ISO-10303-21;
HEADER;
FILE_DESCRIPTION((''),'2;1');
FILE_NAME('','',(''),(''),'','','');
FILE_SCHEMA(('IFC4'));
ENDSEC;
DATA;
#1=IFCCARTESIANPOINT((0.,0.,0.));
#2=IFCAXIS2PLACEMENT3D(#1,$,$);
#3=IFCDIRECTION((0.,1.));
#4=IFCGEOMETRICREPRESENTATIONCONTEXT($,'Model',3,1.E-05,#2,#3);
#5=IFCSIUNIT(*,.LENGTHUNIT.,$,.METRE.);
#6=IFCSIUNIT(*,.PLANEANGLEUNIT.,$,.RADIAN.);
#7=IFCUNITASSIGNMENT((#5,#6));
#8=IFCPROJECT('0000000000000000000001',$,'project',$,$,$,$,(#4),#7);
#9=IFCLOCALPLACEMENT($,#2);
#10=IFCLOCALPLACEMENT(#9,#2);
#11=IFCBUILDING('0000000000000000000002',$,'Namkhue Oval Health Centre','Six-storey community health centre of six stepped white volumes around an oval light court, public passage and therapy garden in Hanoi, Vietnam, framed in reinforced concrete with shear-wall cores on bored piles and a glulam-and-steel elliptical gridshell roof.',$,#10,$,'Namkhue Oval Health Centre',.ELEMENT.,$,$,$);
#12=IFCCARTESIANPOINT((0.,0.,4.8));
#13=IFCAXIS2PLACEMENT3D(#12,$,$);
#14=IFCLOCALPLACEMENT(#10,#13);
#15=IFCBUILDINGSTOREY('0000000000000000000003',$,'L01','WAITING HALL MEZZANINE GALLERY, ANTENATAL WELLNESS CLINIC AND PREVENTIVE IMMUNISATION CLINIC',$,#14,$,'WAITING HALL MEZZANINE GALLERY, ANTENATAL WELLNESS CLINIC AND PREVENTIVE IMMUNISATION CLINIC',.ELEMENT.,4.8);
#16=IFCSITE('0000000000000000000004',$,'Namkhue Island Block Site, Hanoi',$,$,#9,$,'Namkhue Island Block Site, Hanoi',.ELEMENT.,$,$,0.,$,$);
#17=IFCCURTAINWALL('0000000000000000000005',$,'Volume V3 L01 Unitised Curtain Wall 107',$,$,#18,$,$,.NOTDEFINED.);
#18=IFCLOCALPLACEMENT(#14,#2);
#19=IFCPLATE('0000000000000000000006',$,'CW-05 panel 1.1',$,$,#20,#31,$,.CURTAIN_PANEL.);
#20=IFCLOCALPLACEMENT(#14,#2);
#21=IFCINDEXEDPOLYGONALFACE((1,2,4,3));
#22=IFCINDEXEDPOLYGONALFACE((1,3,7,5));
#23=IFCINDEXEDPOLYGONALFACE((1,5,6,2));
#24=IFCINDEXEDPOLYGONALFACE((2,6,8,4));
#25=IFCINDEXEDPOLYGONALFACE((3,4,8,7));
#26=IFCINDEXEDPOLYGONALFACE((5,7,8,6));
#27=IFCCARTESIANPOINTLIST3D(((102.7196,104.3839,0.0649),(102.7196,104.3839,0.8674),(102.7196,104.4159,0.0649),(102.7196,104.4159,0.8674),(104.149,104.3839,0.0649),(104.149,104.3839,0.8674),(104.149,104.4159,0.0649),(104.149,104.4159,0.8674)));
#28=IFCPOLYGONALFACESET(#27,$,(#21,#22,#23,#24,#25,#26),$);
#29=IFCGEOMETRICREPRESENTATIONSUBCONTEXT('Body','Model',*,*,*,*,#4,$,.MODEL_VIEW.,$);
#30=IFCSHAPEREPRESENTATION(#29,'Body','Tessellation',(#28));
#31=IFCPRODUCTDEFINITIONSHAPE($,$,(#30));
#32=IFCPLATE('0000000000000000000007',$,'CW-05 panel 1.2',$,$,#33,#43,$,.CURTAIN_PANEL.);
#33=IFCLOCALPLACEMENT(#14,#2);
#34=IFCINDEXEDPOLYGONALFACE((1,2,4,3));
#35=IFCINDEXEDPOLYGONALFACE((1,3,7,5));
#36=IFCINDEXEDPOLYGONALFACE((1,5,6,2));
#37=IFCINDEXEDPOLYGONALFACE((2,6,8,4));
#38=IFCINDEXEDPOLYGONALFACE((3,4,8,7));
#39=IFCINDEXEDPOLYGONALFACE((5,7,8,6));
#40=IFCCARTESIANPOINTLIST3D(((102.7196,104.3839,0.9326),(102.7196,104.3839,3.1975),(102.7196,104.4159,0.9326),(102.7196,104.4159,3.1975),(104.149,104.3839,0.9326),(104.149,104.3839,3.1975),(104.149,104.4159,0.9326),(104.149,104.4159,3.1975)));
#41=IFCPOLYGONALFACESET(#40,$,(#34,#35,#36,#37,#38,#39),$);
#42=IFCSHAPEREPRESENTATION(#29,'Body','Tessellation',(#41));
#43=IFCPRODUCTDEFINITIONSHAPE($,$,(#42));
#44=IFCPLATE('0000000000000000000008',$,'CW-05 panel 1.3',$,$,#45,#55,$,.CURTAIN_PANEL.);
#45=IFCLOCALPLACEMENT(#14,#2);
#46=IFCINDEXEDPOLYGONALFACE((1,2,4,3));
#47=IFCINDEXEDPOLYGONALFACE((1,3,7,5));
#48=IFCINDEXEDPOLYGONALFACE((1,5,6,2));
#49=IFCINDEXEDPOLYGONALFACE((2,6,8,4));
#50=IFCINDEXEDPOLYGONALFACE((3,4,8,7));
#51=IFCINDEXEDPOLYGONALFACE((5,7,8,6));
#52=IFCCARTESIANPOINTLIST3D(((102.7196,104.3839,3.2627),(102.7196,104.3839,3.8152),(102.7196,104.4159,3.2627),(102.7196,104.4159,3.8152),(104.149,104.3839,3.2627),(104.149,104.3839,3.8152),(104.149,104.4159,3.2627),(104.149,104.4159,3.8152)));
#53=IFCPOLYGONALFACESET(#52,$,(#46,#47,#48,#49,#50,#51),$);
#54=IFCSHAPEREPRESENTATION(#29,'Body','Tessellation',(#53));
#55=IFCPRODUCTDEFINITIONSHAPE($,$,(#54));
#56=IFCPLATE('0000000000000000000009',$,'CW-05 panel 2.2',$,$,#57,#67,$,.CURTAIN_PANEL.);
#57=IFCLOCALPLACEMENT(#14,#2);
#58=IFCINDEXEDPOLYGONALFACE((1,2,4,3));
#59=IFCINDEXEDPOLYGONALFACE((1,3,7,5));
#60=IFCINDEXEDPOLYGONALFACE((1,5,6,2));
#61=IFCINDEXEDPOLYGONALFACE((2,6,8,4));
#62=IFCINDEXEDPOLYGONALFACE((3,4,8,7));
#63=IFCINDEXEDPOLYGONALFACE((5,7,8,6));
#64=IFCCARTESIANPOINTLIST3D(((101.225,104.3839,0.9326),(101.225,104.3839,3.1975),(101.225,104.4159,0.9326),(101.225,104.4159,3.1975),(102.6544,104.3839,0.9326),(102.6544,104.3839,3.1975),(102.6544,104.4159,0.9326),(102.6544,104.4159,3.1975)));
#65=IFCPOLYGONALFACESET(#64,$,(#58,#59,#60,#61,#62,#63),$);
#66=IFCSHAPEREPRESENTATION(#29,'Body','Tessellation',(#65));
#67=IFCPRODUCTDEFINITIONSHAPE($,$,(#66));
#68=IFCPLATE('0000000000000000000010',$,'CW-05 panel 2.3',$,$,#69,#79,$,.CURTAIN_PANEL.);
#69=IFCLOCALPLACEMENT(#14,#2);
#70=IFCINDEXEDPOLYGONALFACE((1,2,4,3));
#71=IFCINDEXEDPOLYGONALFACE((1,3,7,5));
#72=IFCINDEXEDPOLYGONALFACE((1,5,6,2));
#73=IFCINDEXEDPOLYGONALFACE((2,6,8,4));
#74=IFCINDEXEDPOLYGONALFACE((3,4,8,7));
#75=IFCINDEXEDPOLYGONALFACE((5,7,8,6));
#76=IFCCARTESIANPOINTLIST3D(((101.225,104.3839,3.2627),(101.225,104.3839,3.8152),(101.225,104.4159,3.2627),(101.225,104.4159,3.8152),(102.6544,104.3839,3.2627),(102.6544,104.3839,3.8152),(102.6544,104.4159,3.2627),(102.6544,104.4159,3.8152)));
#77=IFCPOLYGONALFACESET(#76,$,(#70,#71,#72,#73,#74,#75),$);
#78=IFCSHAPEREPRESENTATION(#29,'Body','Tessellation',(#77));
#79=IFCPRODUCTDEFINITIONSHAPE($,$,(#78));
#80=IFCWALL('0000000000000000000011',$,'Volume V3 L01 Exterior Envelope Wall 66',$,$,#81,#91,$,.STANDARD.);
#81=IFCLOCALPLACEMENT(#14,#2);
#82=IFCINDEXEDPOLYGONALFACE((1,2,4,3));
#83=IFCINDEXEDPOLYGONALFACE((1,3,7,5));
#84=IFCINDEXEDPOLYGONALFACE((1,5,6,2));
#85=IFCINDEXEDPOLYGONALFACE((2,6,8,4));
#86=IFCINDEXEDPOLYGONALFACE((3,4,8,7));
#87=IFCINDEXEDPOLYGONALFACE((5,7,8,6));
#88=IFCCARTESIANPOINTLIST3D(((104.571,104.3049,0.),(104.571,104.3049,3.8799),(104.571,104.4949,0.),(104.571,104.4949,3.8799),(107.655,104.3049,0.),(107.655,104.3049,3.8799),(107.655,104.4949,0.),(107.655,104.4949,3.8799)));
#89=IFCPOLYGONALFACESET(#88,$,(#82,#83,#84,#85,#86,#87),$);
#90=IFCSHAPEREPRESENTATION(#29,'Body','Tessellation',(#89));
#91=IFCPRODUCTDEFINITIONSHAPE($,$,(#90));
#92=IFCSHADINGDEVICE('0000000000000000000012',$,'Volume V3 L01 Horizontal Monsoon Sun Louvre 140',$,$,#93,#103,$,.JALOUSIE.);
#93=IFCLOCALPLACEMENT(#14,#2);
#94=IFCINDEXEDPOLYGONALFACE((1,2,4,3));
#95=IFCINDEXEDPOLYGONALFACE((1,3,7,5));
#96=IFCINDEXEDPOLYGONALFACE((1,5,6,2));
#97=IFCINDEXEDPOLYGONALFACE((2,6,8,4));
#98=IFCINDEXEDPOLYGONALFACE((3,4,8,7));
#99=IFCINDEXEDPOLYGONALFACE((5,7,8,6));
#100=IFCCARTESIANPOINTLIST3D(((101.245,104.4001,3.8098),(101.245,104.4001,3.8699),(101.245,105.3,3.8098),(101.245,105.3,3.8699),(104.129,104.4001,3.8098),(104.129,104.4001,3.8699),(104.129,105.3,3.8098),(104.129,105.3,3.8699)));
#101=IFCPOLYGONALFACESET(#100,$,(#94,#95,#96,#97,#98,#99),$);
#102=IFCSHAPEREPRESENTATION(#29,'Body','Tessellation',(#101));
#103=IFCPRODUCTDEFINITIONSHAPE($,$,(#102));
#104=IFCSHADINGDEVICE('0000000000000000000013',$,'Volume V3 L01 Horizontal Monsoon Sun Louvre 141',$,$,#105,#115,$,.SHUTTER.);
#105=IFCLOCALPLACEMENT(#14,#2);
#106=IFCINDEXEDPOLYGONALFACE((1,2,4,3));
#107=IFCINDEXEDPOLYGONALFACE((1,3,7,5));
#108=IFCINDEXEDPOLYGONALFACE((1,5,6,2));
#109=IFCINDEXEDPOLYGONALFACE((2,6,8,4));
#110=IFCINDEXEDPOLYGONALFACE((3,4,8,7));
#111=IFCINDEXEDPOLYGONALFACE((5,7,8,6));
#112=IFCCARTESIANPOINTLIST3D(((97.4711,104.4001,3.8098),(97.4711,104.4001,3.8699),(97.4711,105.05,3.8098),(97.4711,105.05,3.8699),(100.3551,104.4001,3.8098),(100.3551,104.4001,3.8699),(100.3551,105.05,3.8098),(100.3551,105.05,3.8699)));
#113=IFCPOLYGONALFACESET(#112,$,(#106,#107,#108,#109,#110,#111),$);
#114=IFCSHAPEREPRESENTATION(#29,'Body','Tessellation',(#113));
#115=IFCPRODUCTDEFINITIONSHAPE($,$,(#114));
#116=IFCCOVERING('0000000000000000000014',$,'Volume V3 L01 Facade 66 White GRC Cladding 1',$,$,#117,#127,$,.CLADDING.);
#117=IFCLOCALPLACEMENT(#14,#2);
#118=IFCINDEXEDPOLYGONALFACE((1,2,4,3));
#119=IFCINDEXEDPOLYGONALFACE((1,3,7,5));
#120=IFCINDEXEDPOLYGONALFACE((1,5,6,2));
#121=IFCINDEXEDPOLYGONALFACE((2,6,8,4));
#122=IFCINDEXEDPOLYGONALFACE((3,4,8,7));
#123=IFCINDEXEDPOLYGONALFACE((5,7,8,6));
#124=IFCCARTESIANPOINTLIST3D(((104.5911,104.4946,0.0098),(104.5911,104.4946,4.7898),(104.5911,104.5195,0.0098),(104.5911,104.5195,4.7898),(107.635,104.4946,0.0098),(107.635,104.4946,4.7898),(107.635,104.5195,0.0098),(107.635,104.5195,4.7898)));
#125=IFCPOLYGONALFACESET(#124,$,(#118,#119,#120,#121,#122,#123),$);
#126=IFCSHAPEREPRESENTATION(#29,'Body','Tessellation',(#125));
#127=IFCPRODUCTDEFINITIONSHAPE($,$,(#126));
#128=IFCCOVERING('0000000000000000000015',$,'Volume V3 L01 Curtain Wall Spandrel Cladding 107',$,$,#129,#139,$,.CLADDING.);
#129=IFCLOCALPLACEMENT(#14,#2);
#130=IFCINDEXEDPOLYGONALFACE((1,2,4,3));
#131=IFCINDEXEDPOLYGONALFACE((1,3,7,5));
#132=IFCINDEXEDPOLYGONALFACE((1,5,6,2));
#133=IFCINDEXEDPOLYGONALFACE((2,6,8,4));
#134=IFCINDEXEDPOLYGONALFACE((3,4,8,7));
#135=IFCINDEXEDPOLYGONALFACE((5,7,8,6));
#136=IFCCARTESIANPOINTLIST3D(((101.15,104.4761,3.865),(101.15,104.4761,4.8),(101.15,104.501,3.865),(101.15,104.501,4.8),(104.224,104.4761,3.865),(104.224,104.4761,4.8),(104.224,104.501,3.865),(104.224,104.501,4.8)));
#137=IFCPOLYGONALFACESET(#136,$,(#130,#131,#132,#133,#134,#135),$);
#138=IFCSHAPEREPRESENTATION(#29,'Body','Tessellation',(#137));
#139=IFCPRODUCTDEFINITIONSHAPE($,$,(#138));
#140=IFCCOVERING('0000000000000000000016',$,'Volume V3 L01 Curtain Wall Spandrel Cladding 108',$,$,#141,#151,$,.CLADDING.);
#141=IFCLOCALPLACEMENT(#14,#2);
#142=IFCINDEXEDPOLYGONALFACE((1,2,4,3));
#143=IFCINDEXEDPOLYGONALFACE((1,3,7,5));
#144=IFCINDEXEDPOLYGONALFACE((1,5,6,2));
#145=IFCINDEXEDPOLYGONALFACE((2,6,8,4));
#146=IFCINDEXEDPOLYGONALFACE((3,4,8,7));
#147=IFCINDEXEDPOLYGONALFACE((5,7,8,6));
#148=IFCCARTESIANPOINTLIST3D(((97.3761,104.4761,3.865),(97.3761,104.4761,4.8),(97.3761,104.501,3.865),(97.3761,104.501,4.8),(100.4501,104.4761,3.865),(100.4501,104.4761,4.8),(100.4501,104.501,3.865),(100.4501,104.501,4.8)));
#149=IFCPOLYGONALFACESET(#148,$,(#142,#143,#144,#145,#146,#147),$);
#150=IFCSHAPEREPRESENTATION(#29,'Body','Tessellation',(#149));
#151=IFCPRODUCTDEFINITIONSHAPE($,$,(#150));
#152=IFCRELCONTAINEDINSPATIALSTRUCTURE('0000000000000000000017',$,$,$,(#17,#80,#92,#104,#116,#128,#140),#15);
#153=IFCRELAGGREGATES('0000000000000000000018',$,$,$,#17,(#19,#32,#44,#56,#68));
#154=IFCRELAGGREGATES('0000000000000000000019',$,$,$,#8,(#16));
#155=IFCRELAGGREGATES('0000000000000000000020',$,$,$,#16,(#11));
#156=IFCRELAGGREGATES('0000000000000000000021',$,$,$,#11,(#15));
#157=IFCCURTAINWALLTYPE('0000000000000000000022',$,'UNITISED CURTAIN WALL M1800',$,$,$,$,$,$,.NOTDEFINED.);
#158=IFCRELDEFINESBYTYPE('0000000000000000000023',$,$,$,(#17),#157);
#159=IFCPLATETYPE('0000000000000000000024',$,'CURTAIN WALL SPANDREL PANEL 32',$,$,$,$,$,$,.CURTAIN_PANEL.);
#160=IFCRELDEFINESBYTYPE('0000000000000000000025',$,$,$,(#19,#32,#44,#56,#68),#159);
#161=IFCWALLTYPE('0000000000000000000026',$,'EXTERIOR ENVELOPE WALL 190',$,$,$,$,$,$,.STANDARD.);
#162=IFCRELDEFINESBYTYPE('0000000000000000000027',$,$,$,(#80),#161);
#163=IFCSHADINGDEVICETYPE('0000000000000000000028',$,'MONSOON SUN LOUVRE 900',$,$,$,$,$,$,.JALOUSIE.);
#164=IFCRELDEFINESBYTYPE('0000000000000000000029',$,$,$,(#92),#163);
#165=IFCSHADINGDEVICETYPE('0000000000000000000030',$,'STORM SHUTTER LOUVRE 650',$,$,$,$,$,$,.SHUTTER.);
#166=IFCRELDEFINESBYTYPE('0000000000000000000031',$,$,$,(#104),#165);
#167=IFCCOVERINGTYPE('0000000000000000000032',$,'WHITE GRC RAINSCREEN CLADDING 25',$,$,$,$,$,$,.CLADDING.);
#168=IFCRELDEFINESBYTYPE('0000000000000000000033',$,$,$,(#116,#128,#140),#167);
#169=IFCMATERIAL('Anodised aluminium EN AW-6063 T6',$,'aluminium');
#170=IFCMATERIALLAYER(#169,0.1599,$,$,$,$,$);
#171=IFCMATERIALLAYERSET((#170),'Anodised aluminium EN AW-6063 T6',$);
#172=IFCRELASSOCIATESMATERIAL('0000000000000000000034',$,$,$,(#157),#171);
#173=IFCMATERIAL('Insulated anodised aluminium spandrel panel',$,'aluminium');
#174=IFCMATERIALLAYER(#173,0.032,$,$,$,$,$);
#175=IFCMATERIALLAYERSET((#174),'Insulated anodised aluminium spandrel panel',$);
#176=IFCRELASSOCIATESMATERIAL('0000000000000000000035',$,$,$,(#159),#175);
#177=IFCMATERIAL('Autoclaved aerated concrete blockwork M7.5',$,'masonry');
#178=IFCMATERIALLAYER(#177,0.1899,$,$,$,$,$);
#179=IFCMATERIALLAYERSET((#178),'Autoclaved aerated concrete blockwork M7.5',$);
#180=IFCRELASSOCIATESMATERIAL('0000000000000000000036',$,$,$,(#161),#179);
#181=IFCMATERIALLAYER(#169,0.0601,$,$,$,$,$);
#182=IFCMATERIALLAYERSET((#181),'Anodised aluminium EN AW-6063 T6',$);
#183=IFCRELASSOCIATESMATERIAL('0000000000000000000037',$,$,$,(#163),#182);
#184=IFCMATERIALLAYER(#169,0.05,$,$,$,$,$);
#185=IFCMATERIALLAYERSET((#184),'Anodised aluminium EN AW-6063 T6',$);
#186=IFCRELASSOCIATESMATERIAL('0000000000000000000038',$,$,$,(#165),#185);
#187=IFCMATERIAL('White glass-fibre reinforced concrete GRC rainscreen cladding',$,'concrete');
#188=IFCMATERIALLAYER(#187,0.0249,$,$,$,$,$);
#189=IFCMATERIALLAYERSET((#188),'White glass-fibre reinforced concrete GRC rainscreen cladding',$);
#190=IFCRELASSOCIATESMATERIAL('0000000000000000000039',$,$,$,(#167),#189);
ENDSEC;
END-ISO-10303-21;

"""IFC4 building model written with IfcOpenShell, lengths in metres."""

from ifc_helpers import new_model, si_unit, direction, frame, frame_2d, origin, origin_2d, place, context, subcontext, project, spatial, rectangle, extrude, material, layer, layer_set, type_object, element, aggregate, save


model = new_model("IFC4")

# Units and contexts
model_context = context("Model", 3, precision=1e-05, world=origin(), true_north=direction((0.0, 1.0)))
body_context = subcontext(model_context, "Body", "Model", "MODEL_VIEW")
ifc_project = project(units=[si_unit("LENGTHUNIT", "METRE"), si_unit("PLANEANGLEUNIT", "RADIAN")], contexts=[model_context])

# Site, building, storey
site_placement = place(None, origin())
site = spatial("IfcSite", under=ifc_project, at=site_placement, Name="Namkhue Island Block Site, Hanoi", LongName="Namkhue Island Block Site, Hanoi", CompositionType="ELEMENT", RefElevation=0.0)
building_placement = place(site_placement, origin())
building = spatial("IfcBuilding", under=site, at=building_placement, Name="Namkhue Oval Health Centre", Description="Six-storey community health centre of six stepped white volumes around an oval light court, public passage and therapy garden in Hanoi, Vietnam, framed in reinforced concrete with shear-wall cores on bored piles and a glulam-and-steel elliptical gridshell roof.", LongName="Namkhue Oval Health Centre", CompositionType="ELEMENT")
storey_placement = place(building_placement, frame((0.0, 0.0, 4.8)))
storey = spatial("IfcBuildingStorey", under=building, at=storey_placement, Name="L01", Description="WAITING HALL MEZZANINE GALLERY, ANTENATAL WELLNESS CLINIC AND PREVENTIVE IMMUNISATION CLINIC", LongName="WAITING HALL MEZZANINE GALLERY, ANTENATAL WELLNESS CLINIC AND PREVENTIVE IMMUNISATION CLINIC", CompositionType="ELEMENT", Elevation=4.8)

# Curtain wall, plates
ifc_material_1 = material(Name="Anodised aluminium EN AW-6063 T6", Category="aluminium")
ifc_layer_1 = layer(ifc_material_1, 0.1599)
ifc_layer_set_1 = layer_set([ifc_layer_1], Name="Anodised aluminium EN AW-6063 T6")
curtain_wall_type = type_object("IfcCurtainWallType", Name="UNITISED CURTAIN WALL M1800", PredefinedType="NOTDEFINED", material=ifc_layer_set_1)
curtain_wall_placement = place(storey_placement, origin())
curtain_wall = element("IfcCurtainWall", 1, at=curtain_wall_placement, inside=storey, type_object=curtain_wall_type, Name="Volume V3 L01 Unitised Curtain Wall 107", PredefinedType="NOTDEFINED")
ifc_material_2 = material(Name="Insulated anodised aluminium spandrel panel", Category="aluminium")
ifc_layer_2 = layer(ifc_material_2, 0.032)
ifc_layer_set_2 = layer_set([ifc_layer_2], Name="Insulated anodised aluminium spandrel panel")
plate_type = type_object("IfcPlateType", Name="CURTAIN WALL SPANDREL PANEL 32", PredefinedType="CURTAIN_PANEL", material=ifc_layer_set_2)
plate_1_placement = place(storey_placement, frame((103.4343, 104.3999, 0.0649), z_axis=(0.0, 0.0, 1.0), x_axis=(-1.0, 0.0, 0.0)))
plate_1 = element("IfcPlate", 2, at=plate_1_placement, type_object=plate_type, Name="CW-05 panel 1.1", PredefinedType="CURTAIN_PANEL", context=body_context, shape_type="SweptSolid", body=[
    extrude(rectangle(XDim=1.4294, YDim=0.032, at=origin_2d()), origin(), (0.0, 0.0, 1.0), 0.8025),
])
plate_2_placement = place(storey_placement, frame((103.4343, 104.3999, 0.9326), z_axis=(0.0, 0.0, 1.0), x_axis=(-1.0, 0.0, 0.0)))
plate_2 = element("IfcPlate", 3, at=plate_2_placement, type_object=plate_type, Name="CW-05 panel 1.2", PredefinedType="CURTAIN_PANEL", context=body_context, shape_type="SweptSolid", body=[
    extrude(rectangle(XDim=1.4294, YDim=0.032, at=origin_2d()), origin(), (0.0, 0.0, 1.0), 2.2649),
])
plate_3_placement = place(storey_placement, frame((103.4343, 104.3999, 3.2627), z_axis=(0.0, 0.0, 1.0), x_axis=(-1.0, 0.0, 0.0)))
plate_3 = element("IfcPlate", 4, at=plate_3_placement, type_object=plate_type, Name="CW-05 panel 1.3", PredefinedType="CURTAIN_PANEL", context=body_context, shape_type="SweptSolid", body=[
    extrude(rectangle(XDim=1.4294, YDim=0.032, at=origin_2d()), origin(), (0.0, 0.0, 1.0), 0.5525),
])
plate_4_placement = place(storey_placement, frame((101.9397, 104.3999, 0.9326), z_axis=(0.0, 0.0, 1.0), x_axis=(-1.0, 0.0, 0.0)))
plate_4 = element("IfcPlate", 5, at=plate_4_placement, type_object=plate_type, Name="CW-05 panel 2.2", PredefinedType="CURTAIN_PANEL", context=body_context, shape_type="SweptSolid", body=[
    extrude(rectangle(XDim=1.4294, YDim=0.032, at=origin_2d()), origin(), (0.0, 0.0, 1.0), 2.2649),
])
plate_5_placement = place(storey_placement, frame((101.9397, 104.3999, 3.2627), z_axis=(0.0, 0.0, 1.0), x_axis=(-1.0, 0.0, 0.0)))
plate_5 = element("IfcPlate", 6, at=plate_5_placement, type_object=plate_type, Name="CW-05 panel 2.3", PredefinedType="CURTAIN_PANEL", context=body_context, shape_type="SweptSolid", body=[
    extrude(rectangle(XDim=1.4294, YDim=0.032, at=origin_2d()), origin(), (0.0, 0.0, 1.0), 0.5525),
])
aggregate(curtain_wall, [plate_1, plate_2, plate_3, plate_4, plate_5])

# Wall
ifc_material_3 = material(Name="Autoclaved aerated concrete blockwork M7.5", Category="masonry")
ifc_layer_3 = layer(ifc_material_3, 0.1899)
ifc_layer_set_3 = layer_set([ifc_layer_3], Name="Autoclaved aerated concrete blockwork M7.5")
wall_type = type_object("IfcWallType", Name="EXTERIOR ENVELOPE WALL 190", PredefinedType="STANDARD", material=ifc_layer_set_3)
wall_placement = place(storey_placement, frame((107.655, 104.3999, 0.0), z_axis=(0.0, 0.0, 1.0), x_axis=(-1.0, 0.0, 0.0)))
element("IfcWall", 7, at=wall_placement, inside=storey, type_object=wall_type, Name="Volume V3 L01 Exterior Envelope Wall 66", PredefinedType="STANDARD", context=body_context, shape_type="SweptSolid", body=[
    extrude(rectangle(XDim=3.084, YDim=0.1899, at=frame_2d((1.542, 0.0))), origin(), (0.0, 0.0, 1.0), 3.8799),
])

# Shading devices
ifc_layer_4 = layer(ifc_material_1, 0.0601)
ifc_layer_set_4 = layer_set([ifc_layer_4], Name="Anodised aluminium EN AW-6063 T6")
shading_device_type_1 = type_object("IfcShadingDeviceType", Name="MONSOON SUN LOUVRE 900", PredefinedType="JALOUSIE", material=ifc_layer_set_4)
shading_device_1_placement = place(storey_placement, frame((102.687, 104.8501, 3.8098), z_axis=(0.0, 0.0, 1.0), x_axis=(-1.0, 0.0, 0.0)))
element("IfcShadingDevice", 8, at=shading_device_1_placement, inside=storey, type_object=shading_device_type_1, Name="Volume V3 L01 Horizontal Monsoon Sun Louvre 140", PredefinedType="JALOUSIE", context=body_context, shape_type="SweptSolid", body=[
    extrude(rectangle(XDim=2.884, YDim=0.8999, at=origin_2d()), origin(), (0.0, 0.0, 1.0), 0.0601),
])
ifc_layer_5 = layer(ifc_material_1, 0.05)
ifc_layer_set_5 = layer_set([ifc_layer_5], Name="Anodised aluminium EN AW-6063 T6")
shading_device_type_2 = type_object("IfcShadingDeviceType", Name="STORM SHUTTER LOUVRE 650", PredefinedType="SHUTTER", material=ifc_layer_set_5)
shading_device_2_placement = place(storey_placement, frame((98.9131, 104.7251, 3.8098), z_axis=(0.0, 0.0, 1.0), x_axis=(-1.0, 0.0, 0.0)))
element("IfcShadingDevice", 9, at=shading_device_2_placement, inside=storey, type_object=shading_device_type_2, Name="Volume V3 L01 Horizontal Monsoon Sun Louvre 141", PredefinedType="SHUTTER", context=body_context, shape_type="SweptSolid", body=[
    extrude(rectangle(XDim=2.884, YDim=0.6499, at=origin_2d()), origin(), (0.0, 0.0, 1.0), 0.0601),
])

# Coverings
ifc_material_4 = material(Name="White glass-fibre reinforced concrete GRC rainscreen cladding", Category="concrete")
ifc_layer_6 = layer(ifc_material_4, 0.0249)
ifc_layer_set_6 = layer_set([ifc_layer_6], Name="White glass-fibre reinforced concrete GRC rainscreen cladding")
covering_type = type_object("IfcCoveringType", Name="WHITE GRC RAINSCREEN CLADDING 25", PredefinedType="CLADDING", material=ifc_layer_set_6)
covering_placement = place(storey_placement, frame((106.113, 104.5071, 0.0098), z_axis=(0.0, 0.0, 1.0), x_axis=(-1.0, 0.0, 0.0)))
element("IfcCovering", 10, at=covering_placement, inside=storey, type_object=covering_type, Name="Volume V3 L01 Facade 66 White GRC Cladding 1", PredefinedType="CLADDING", context=body_context, shape_type="SweptSolid", body=[
    extrude(rectangle(XDim=3.0439, YDim=0.0249, at=origin_2d()), origin(), (0.0, 0.0, 1.0), 4.78),
])
for number, where, z_axis, x_axis, name in (
    (11, (102.687, 104.4885, 3.865), (0.0, 0.0, 1.0), (-1.0, 0.0, 0.0), "Volume V3 L01 Curtain Wall Spandrel Cladding 107"),
    (12, (98.9131, 104.4885, 3.865), (0.0, 0.0, 1.0), (-1.0, 0.0, 0.0), "Volume V3 L01 Curtain Wall Spandrel Cladding 108"),
):
    element("IfcCovering", number, at=place(storey_placement, frame(where, z_axis=z_axis, x_axis=x_axis)), inside=storey, type_object=covering_type, Name=name, PredefinedType="CLADDING", context=body_context, shape_type="SweptSolid", body=[
        extrude(rectangle(XDim=3.074, YDim=0.0249, at=origin_2d()), origin(), (0.0, 0.0, 1.0), 0.9351),
    ])

save(model, "model.ifc")
